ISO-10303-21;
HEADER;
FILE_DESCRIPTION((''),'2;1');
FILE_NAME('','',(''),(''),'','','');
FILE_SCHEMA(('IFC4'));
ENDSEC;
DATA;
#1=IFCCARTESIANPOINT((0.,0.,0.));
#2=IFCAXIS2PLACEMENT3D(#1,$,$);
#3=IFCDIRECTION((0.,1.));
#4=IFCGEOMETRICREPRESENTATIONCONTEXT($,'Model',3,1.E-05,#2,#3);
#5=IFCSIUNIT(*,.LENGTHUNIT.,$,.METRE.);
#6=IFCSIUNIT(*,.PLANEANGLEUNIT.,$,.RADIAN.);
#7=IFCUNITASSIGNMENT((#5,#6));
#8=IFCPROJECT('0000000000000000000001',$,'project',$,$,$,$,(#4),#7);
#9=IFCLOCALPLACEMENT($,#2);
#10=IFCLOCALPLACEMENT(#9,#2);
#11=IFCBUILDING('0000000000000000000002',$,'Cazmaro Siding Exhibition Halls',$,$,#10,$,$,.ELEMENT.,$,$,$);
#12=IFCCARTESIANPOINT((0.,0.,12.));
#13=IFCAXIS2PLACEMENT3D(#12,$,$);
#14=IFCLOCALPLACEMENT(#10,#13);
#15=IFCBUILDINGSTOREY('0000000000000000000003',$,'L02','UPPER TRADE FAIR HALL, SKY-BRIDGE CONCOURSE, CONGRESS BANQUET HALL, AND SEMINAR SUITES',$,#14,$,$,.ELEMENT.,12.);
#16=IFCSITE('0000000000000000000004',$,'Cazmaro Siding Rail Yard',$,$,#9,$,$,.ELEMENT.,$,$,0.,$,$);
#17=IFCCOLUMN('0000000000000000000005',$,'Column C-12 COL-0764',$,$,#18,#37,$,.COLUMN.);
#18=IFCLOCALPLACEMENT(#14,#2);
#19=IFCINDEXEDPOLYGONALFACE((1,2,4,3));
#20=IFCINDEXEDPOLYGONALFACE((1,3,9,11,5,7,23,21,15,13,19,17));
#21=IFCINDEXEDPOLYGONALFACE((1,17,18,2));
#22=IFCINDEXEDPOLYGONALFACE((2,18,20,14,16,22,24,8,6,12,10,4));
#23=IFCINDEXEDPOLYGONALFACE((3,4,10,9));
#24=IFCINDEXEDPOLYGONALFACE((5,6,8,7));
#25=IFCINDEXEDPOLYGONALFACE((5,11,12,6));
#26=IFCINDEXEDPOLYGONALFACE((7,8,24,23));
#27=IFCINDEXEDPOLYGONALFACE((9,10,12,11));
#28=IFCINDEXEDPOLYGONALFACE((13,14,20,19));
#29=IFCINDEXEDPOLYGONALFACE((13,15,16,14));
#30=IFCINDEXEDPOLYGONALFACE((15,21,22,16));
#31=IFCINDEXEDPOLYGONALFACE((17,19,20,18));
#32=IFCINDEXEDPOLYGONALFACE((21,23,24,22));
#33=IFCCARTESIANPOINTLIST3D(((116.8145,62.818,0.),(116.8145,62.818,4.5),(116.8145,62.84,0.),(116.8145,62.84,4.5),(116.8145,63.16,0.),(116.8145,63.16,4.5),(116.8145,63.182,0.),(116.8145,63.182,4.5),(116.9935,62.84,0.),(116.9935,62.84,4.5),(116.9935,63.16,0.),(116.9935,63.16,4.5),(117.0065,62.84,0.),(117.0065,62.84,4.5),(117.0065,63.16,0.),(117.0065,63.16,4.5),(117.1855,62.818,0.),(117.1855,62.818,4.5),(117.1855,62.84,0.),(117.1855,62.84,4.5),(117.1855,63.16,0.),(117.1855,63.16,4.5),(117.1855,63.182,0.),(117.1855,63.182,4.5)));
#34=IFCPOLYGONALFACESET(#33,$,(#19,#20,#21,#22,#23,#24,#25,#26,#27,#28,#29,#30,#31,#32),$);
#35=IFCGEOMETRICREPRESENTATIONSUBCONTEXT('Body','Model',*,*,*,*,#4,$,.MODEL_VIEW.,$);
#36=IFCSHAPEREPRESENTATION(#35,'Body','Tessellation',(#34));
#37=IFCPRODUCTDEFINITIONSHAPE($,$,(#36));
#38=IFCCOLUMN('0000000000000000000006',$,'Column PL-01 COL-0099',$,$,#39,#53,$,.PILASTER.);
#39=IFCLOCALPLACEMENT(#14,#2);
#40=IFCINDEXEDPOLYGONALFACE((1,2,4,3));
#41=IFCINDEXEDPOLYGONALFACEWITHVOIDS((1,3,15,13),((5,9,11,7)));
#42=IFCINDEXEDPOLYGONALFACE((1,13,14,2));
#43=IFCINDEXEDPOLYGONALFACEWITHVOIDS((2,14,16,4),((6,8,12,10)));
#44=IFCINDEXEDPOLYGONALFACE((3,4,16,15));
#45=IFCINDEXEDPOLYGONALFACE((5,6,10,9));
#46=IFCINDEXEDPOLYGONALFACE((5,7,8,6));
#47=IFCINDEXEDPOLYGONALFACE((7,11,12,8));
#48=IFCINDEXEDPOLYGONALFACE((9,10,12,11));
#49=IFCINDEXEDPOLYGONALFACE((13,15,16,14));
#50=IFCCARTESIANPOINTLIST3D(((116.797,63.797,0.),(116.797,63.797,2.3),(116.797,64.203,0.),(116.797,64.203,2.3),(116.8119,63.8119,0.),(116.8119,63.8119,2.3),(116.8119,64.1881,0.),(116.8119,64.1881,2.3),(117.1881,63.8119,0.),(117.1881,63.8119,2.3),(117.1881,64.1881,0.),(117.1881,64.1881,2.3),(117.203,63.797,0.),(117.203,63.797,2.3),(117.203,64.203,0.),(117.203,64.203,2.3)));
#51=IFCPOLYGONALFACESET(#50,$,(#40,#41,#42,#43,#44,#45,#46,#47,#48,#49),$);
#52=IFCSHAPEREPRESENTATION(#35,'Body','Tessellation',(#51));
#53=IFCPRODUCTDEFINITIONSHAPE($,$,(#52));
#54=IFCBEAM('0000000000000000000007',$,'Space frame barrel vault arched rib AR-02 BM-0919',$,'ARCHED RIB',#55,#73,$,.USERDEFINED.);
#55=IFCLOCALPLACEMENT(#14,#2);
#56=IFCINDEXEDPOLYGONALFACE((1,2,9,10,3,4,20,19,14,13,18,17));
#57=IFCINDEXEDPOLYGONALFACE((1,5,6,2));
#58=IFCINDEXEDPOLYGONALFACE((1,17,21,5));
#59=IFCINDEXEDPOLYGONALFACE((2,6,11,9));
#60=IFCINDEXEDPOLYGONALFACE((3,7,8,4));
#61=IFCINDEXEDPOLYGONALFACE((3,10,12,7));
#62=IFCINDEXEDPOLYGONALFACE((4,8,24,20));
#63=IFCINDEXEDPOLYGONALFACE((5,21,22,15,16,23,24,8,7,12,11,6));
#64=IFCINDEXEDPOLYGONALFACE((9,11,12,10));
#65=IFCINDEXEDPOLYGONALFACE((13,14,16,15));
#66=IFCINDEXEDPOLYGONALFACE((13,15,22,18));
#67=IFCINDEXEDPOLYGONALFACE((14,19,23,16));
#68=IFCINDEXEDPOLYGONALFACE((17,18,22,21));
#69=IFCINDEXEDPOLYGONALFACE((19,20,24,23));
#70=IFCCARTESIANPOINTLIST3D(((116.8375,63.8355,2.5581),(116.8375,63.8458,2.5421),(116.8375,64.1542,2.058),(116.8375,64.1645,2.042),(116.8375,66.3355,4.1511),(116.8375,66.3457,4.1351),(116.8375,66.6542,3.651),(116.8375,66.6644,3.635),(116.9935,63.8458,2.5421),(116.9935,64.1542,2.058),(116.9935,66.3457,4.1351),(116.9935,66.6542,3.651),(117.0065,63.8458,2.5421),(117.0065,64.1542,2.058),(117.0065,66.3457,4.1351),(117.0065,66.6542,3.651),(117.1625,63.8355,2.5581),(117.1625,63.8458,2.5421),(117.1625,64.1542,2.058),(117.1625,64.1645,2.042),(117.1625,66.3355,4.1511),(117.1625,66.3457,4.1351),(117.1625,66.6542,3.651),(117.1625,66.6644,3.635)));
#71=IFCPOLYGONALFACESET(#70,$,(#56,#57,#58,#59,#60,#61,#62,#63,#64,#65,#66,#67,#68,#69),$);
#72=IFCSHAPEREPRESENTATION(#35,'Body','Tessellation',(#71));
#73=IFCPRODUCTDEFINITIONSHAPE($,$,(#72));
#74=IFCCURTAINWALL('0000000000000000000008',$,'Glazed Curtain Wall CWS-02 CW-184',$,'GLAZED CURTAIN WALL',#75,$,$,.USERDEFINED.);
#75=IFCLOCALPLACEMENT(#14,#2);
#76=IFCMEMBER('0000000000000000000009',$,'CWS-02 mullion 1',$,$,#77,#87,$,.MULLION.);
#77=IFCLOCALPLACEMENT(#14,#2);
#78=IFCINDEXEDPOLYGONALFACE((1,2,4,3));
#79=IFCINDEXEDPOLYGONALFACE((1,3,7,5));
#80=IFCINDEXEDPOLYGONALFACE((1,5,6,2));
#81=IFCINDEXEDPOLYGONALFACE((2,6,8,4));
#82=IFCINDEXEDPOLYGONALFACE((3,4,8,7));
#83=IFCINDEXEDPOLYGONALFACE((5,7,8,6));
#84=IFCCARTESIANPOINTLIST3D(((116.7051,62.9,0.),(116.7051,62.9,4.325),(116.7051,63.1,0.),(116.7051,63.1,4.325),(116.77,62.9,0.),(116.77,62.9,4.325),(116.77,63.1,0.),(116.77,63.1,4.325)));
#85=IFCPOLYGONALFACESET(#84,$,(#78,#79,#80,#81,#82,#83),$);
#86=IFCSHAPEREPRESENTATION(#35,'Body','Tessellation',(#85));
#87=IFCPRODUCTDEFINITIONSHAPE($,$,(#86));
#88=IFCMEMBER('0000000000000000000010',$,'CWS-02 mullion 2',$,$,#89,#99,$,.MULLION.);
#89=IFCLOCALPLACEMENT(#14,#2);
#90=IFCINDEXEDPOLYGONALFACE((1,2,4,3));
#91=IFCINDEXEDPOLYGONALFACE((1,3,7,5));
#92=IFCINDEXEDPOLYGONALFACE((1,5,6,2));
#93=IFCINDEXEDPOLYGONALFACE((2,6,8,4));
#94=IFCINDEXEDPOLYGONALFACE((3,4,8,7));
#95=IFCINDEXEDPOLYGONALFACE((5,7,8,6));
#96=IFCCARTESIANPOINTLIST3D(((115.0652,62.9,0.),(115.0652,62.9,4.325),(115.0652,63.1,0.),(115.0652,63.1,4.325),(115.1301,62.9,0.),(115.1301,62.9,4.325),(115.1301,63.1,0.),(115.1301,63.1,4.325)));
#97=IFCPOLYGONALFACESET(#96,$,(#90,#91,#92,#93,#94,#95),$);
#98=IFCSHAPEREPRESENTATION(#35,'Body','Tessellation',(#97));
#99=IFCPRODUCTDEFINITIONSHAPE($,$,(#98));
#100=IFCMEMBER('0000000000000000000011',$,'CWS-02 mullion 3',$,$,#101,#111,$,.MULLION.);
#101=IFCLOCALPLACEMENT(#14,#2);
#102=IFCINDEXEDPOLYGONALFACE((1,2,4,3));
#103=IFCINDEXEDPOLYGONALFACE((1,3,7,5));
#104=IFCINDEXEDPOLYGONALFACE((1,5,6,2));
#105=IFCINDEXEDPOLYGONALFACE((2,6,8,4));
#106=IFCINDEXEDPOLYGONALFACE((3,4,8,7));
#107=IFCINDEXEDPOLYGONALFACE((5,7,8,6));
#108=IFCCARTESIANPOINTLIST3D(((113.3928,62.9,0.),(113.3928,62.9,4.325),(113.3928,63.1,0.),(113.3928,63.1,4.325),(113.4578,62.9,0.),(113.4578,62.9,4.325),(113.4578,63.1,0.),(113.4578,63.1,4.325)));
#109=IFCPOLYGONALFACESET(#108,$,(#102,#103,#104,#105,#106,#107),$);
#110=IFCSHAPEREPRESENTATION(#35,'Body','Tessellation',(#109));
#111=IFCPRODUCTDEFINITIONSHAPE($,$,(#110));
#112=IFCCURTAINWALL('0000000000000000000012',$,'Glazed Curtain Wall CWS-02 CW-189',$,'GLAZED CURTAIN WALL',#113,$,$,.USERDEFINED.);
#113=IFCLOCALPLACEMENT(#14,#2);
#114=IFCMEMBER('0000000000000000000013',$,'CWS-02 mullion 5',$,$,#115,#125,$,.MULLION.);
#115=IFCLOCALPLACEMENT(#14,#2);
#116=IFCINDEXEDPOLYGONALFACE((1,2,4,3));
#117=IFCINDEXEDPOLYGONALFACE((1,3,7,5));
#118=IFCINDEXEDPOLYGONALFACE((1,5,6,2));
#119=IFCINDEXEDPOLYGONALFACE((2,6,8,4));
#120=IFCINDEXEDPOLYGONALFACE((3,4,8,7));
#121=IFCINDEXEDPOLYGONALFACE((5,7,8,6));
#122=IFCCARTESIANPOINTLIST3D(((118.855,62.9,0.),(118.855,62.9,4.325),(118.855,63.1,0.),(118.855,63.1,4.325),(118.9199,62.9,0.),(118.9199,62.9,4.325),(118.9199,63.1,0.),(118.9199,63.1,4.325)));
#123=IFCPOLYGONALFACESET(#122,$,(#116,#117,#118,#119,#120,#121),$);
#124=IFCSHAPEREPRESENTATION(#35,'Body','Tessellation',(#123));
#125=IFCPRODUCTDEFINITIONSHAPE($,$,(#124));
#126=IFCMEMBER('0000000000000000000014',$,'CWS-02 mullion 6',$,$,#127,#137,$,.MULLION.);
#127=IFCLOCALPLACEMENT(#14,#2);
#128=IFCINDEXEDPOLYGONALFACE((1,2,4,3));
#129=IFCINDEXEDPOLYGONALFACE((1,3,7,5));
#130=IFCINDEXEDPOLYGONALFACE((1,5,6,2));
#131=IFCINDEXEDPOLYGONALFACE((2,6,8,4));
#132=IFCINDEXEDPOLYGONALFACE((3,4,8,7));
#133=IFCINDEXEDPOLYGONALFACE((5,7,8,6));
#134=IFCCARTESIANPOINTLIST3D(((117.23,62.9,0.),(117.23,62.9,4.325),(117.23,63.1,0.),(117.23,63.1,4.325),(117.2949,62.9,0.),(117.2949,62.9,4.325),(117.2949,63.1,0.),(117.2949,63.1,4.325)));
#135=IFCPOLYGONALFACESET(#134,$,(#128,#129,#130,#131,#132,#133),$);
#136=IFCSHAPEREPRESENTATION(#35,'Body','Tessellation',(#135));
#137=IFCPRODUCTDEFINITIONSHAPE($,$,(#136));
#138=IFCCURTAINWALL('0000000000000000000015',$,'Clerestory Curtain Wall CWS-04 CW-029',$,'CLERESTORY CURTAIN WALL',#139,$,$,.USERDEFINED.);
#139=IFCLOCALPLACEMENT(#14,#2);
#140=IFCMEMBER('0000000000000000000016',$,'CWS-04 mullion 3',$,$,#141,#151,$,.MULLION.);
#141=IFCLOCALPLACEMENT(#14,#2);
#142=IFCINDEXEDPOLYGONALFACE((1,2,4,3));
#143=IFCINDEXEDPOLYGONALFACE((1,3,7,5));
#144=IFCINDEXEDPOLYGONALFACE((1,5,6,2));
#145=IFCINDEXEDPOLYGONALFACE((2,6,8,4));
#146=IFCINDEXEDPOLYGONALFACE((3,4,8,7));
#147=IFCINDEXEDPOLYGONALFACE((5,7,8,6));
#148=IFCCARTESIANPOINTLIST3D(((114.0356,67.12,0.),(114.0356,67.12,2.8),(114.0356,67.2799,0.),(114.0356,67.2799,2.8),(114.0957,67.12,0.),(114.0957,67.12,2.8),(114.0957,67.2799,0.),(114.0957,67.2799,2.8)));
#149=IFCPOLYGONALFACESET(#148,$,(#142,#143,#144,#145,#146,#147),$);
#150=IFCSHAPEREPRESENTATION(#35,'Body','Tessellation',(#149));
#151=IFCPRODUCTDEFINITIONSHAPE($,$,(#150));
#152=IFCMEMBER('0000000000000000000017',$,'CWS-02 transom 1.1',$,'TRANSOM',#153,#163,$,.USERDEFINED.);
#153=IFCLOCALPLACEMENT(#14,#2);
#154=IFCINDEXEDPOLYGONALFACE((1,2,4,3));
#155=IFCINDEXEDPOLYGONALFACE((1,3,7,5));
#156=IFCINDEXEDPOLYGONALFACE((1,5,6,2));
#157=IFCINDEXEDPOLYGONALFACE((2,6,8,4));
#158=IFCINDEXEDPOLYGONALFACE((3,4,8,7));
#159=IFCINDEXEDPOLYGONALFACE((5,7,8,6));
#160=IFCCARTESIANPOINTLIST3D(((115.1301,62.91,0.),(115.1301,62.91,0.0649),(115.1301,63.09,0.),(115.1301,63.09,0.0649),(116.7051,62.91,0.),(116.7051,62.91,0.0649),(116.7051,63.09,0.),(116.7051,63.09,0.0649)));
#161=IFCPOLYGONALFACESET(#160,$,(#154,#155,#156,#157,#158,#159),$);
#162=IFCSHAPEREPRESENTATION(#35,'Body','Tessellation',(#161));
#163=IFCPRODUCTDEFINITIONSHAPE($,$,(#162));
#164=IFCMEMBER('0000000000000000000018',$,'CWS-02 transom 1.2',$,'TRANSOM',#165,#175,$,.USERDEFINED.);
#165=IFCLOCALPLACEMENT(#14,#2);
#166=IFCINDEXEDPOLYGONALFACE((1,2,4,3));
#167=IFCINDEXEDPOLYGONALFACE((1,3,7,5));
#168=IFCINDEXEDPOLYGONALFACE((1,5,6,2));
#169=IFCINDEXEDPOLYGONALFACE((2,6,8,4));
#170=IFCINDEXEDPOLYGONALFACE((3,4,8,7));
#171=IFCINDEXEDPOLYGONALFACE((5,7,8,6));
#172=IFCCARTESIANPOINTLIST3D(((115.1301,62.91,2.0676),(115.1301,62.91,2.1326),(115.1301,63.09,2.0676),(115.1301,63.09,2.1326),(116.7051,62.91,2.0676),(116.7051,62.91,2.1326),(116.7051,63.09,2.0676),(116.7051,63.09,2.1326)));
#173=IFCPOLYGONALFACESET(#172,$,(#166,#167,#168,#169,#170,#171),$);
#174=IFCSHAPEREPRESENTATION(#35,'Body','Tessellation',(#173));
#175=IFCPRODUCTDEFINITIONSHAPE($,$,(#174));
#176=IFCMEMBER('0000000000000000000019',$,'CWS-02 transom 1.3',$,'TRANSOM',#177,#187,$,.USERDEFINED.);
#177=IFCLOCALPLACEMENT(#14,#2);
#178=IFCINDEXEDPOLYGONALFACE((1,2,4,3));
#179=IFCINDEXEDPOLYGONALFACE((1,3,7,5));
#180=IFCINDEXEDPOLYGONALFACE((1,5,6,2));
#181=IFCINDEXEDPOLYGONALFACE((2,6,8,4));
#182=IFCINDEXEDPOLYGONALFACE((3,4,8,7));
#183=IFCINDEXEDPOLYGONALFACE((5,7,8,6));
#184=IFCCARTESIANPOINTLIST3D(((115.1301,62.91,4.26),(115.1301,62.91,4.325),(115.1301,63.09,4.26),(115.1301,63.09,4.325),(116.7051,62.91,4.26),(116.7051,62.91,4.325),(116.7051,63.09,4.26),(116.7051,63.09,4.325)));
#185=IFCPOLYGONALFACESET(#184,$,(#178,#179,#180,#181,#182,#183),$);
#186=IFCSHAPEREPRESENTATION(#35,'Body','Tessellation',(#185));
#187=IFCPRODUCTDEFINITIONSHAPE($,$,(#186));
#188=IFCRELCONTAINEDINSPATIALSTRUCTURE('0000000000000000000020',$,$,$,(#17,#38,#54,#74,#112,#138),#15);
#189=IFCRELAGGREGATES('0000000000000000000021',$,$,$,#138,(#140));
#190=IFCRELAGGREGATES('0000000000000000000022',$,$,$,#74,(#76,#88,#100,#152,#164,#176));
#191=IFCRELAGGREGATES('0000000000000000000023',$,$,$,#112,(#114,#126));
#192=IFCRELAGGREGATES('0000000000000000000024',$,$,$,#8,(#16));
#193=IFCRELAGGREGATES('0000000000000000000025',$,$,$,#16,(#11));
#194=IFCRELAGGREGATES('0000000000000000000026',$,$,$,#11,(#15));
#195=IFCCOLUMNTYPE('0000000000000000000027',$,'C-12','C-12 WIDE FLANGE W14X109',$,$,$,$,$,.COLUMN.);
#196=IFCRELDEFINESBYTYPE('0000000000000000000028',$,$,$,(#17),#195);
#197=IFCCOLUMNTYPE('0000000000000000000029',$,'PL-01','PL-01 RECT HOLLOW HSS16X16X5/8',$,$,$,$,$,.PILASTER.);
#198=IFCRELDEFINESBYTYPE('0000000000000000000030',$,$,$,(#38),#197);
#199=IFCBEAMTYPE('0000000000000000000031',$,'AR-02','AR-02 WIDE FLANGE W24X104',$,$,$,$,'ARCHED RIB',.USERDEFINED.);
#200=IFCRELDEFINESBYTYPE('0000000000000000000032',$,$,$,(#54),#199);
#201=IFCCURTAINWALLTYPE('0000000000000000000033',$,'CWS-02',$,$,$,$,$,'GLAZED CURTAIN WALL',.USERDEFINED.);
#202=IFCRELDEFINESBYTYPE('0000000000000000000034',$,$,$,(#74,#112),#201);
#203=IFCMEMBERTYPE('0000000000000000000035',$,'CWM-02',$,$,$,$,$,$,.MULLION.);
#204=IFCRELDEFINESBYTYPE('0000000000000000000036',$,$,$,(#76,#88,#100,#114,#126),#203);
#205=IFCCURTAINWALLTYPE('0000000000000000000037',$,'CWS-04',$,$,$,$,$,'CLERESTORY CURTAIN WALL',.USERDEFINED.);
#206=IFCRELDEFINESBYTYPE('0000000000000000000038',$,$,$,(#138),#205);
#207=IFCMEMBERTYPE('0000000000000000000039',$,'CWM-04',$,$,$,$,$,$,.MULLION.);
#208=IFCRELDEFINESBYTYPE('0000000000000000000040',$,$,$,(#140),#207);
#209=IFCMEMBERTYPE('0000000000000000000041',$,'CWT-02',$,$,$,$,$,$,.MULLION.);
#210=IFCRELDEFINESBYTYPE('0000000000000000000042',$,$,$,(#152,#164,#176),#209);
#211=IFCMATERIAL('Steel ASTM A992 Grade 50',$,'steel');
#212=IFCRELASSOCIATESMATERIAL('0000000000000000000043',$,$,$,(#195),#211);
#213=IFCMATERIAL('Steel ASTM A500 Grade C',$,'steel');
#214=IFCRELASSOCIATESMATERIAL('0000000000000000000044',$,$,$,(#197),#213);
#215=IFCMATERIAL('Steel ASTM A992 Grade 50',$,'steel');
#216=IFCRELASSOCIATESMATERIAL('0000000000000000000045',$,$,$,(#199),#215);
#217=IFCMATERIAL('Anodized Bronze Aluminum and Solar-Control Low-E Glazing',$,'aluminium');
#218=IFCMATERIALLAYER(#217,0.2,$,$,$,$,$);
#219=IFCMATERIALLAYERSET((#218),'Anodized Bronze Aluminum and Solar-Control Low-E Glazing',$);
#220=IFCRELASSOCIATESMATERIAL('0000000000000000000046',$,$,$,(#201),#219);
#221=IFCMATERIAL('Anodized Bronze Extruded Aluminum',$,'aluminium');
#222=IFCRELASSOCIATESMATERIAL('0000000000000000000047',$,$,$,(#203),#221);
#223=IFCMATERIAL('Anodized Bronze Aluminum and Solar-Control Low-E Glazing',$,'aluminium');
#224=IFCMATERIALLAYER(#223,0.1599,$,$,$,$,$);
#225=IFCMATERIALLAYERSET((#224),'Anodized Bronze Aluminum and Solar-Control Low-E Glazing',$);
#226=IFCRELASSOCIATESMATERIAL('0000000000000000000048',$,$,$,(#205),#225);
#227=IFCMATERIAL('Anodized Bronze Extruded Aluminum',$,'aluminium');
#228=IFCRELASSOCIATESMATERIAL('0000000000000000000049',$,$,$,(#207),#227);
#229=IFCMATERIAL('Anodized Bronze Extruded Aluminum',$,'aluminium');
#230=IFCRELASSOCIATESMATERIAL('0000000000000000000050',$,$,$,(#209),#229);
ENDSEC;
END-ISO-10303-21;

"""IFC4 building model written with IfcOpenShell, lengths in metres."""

from ifc_helpers import new_model, si_unit, direction, frame, origin, origin_2d, place, context, subcontext, project, spatial, rectangle, hollow_rectangle, i_section, extrude, material, layer, layer_set, material_profile, profile_set, type_object, element, aggregate, save


model = new_model("IFC4")

# Units and contexts
model_context = context("Model", 3, precision=1e-05, world=origin(), true_north=direction((0.0, 1.0)))
body_context = subcontext(model_context, "Body", "Model", "MODEL_VIEW")
ifc_project = project(units=[si_unit("LENGTHUNIT", "METRE"), si_unit("PLANEANGLEUNIT", "RADIAN")], contexts=[model_context])

# Site, building, storey
site_placement = place(None, origin())
site = spatial("IfcSite", under=ifc_project, at=site_placement, Name="Cazmaro Siding Rail Yard", CompositionType="ELEMENT", RefElevation=0.0)
building_placement = place(site_placement, origin())
building = spatial("IfcBuilding", under=site, at=building_placement, Name="Cazmaro Siding Exhibition Halls", CompositionType="ELEMENT")
storey_placement = place(building_placement, frame((0.0, 0.0, 12.0)))
storey = spatial("IfcBuildingStorey", under=building, at=storey_placement, Name="L02", Description="UPPER TRADE FAIR HALL, SKY-BRIDGE CONCOURSE, CONGRESS BANQUET HALL, AND SEMINAR SUITES", CompositionType="ELEMENT", Elevation=12.0)

# Columns
ifc_material_1 = material(Name="Steel ASTM A992 Grade 50", Category="steel")
ifc_material_profile_1 = material_profile(ifc_material_1, i_section(OverallWidth=0.3711, OverallDepth=0.364, WebThickness=0.0129, FlangeThickness=0.022, at=origin_2d()), Name="W14X109")
ifc_profile_set_1 = profile_set([ifc_material_profile_1], Name="Steel ASTM A992 Grade 50")
column_type_1 = type_object("IfcColumnType", Name="C-12", Description="C-12 WIDE FLANGE W14X109", PredefinedType="COLUMN", material=ifc_profile_set_1)
column_1_placement = place(storey_placement, frame((117.0, 63.0, 0.0), z_axis=(0.0, 0.0, 1.0), x_axis=(1.0, 0.0, 0.0)))
element("IfcColumn", 1, at=column_1_placement, inside=storey, type_object=column_type_1, Name="Column C-12 COL-0764", PredefinedType="COLUMN", context=body_context, shape_type="SweptSolid", body=[
    extrude(i_section(OverallWidth=0.3711, OverallDepth=0.364, WebThickness=0.0129, FlangeThickness=0.022, at=origin_2d()), origin(), (0.0, 0.0, 1.0), 4.5),
])
ifc_material_2 = material(Name="Steel ASTM A500 Grade C", Category="steel")
ifc_material_profile_2 = material_profile(ifc_material_2, hollow_rectangle(XDim=0.406, YDim=0.406, WallThickness=0.0149, at=origin_2d()), Name="HSS16X16X5/8")
ifc_profile_set_2 = profile_set([ifc_material_profile_2], Name="Steel ASTM A500 Grade C")
column_type_2 = type_object("IfcColumnType", Name="PL-01", Description="PL-01 RECT HOLLOW HSS16X16X5/8", PredefinedType="PILASTER", material=ifc_profile_set_2)
column_2_placement = place(storey_placement, frame((117.0, 64.0, 0.0), z_axis=(0.0, 0.0, 1.0), x_axis=(1.0, 0.0, 0.0)))
element("IfcColumn", 2, at=column_2_placement, inside=storey, type_object=column_type_2, Name="Column PL-01 COL-0099", PredefinedType="PILASTER", context=body_context, shape_type="SweptSolid", body=[
    extrude(hollow_rectangle(XDim=0.406, YDim=0.406, WallThickness=0.0149, at=origin_2d()), origin(), (0.0, 0.0, 1.0), 2.3),
])

# Beam
ifc_material_3 = material(Name="Steel ASTM A992 Grade 50", Category="steel")
ifc_material_profile_3 = material_profile(ifc_material_3, i_section(OverallWidth=0.325, OverallDepth=0.6121, WebThickness=0.0129, FlangeThickness=0.019, at=origin_2d()), Name="W24X104")
ifc_profile_set_3 = profile_set([ifc_material_profile_3], Name="Steel ASTM A992 Grade 50")
beam_type_1 = type_object("IfcBeamType", Name="AR-02", Description="AR-02 WIDE FLANGE W24X104", ElementType="ARCHED RIB", PredefinedType="USERDEFINED", material=ifc_profile_set_3)
beam_1_placement = place(storey_placement, frame((117.0, 64.0, 2.3), z_axis=(0.0, 0.843339, 0.537382), x_axis=(-1.0, 0.0, 0.0)))
element("IfcBeam", 3, at=beam_1_placement, inside=storey, type_object=beam_type_1, Name="Space frame barrel vault arched rib AR-02 BM-0919", ObjectType="ARCHED RIB", PredefinedType="USERDEFINED", context=body_context, shape_type="SweptSolid", body=[
    extrude(i_section(OverallWidth=0.325, OverallDepth=0.6121, WebThickness=0.0129, FlangeThickness=0.019, at=origin_2d()), origin(), (0.0, 0.0, 1.0), 2.9644),
])

# Curtain walls, members
ifc_material_4 = material(Name="Anodized Bronze Aluminum and Solar-Control Low-E Glazing", Category="aluminium")
ifc_layer_1 = layer(ifc_material_4, 0.2)
ifc_layer_set_1 = layer_set([ifc_layer_1], Name="Anodized Bronze Aluminum and Solar-Control Low-E Glazing")
curtain_wall_type_1 = type_object("IfcCurtainWallType", Name="CWS-02", ElementType="GLAZED CURTAIN WALL", PredefinedType="USERDEFINED", material=ifc_layer_set_1)
curtain_wall_1_placement = place(storey_placement, origin())
curtain_wall_1 = element("IfcCurtainWall", 4, at=curtain_wall_1_placement, inside=storey, type_object=curtain_wall_type_1, Name="Glazed Curtain Wall CWS-02 CW-184", ObjectType="GLAZED CURTAIN WALL", PredefinedType="USERDEFINED")
ifc_material_5 = material(Name="Anodized Bronze Extruded Aluminum", Category="aluminium")
ifc_material_profile_4 = material_profile(ifc_material_5, rectangle(XDim=0.2, YDim=0.0649, at=origin_2d()), Name="CWM-02")
ifc_profile_set_4 = profile_set([ifc_material_profile_4], Name="Anodized Bronze Extruded Aluminum")
member_type_1 = type_object("IfcMemberType", Name="CWM-02", PredefinedType="MULLION", material=ifc_profile_set_4)
member_1_placement = place(storey_placement, frame((116.7375, 63.0, 0.0), z_axis=(0.0, 0.0, 1.0), x_axis=(0.0, -1.0, 0.0)))
member_1 = element("IfcMember", 5, at=member_1_placement, type_object=member_type_1, Name="CWS-02 mullion 1", PredefinedType="MULLION", context=body_context, shape_type="SweptSolid", body=[
    extrude(rectangle(XDim=0.2, YDim=0.0649, at=origin_2d()), origin(), (0.0, 0.0, 1.0), 4.325),
])
member_2_placement = place(storey_placement, frame((115.0977, 63.0, 0.0), z_axis=(0.0, 0.0, 1.0), x_axis=(0.0, -1.0, 0.0)))
member_2 = element("IfcMember", 6, at=member_2_placement, type_object=member_type_1, Name="CWS-02 mullion 2", PredefinedType="MULLION", context=body_context, shape_type="SweptSolid", body=[
    extrude(rectangle(XDim=0.2, YDim=0.0649, at=origin_2d()), origin(), (0.0, 0.0, 1.0), 4.325),
])
member_3_placement = place(storey_placement, frame((113.4253, 63.0, 0.0), z_axis=(0.0, 0.0, 1.0), x_axis=(0.0, -1.0, 0.0)))
member_3 = element("IfcMember", 7, at=member_3_placement, type_object=member_type_1, Name="CWS-02 mullion 3", PredefinedType="MULLION", context=body_context, shape_type="SweptSolid", body=[
    extrude(rectangle(XDim=0.2, YDim=0.0649, at=origin_2d()), origin(), (0.0, 0.0, 1.0), 4.325),
])
curtain_wall_2_placement = place(storey_placement, origin())
curtain_wall_2 = element("IfcCurtainWall", 8, at=curtain_wall_2_placement, inside=storey, type_object=curtain_wall_type_1, Name="Glazed Curtain Wall CWS-02 CW-189", ObjectType="GLAZED CURTAIN WALL", PredefinedType="USERDEFINED")
member_4_placement = place(storey_placement, frame((118.8875, 63.0, 0.0), z_axis=(0.0, 0.0, 1.0), x_axis=(0.0, -1.0, 0.0)))
member_4 = element("IfcMember", 9, at=member_4_placement, type_object=member_type_1, Name="CWS-02 mullion 5", PredefinedType="MULLION", context=body_context, shape_type="SweptSolid", body=[
    extrude(rectangle(XDim=0.2, YDim=0.0649, at=origin_2d()), origin(), (0.0, 0.0, 1.0), 4.325),
])
member_5_placement = place(storey_placement, frame((117.2625, 63.0, 0.0), z_axis=(0.0, 0.0, 1.0), x_axis=(0.0, -1.0, 0.0)))
member_5 = element("IfcMember", 10, at=member_5_placement, type_object=member_type_1, Name="CWS-02 mullion 6", PredefinedType="MULLION", context=body_context, shape_type="SweptSolid", body=[
    extrude(rectangle(XDim=0.2, YDim=0.0649, at=origin_2d()), origin(), (0.0, 0.0, 1.0), 4.325),
])

# Curtain wall, member
ifc_material_6 = material(Name="Anodized Bronze Aluminum and Solar-Control Low-E Glazing", Category="aluminium")
ifc_layer_2 = layer(ifc_material_6, 0.1599)
ifc_layer_set_2 = layer_set([ifc_layer_2], Name="Anodized Bronze Aluminum and Solar-Control Low-E Glazing")
curtain_wall_type_2 = type_object("IfcCurtainWallType", Name="CWS-04", ElementType="CLERESTORY CURTAIN WALL", PredefinedType="USERDEFINED", material=ifc_layer_set_2)
curtain_wall_3_placement = place(storey_placement, origin())
curtain_wall_3 = element("IfcCurtainWall", 11, at=curtain_wall_3_placement, inside=storey, type_object=curtain_wall_type_2, Name="Clerestory Curtain Wall CWS-04 CW-029", ObjectType="CLERESTORY CURTAIN WALL", PredefinedType="USERDEFINED")
ifc_material_7 = material(Name="Anodized Bronze Extruded Aluminum", Category="aluminium")
ifc_material_profile_5 = material_profile(ifc_material_7, rectangle(XDim=0.1599, YDim=0.0601, at=origin_2d()), Name="CWM-04")
ifc_profile_set_5 = profile_set([ifc_material_profile_5], Name="Anodized Bronze Extruded Aluminum")
member_type_2 = type_object("IfcMemberType", Name="CWM-04", PredefinedType="MULLION", material=ifc_profile_set_5)
member_6_placement = place(storey_placement, frame((114.0657, 67.2, 0.0), z_axis=(0.0, 0.0, 1.0), x_axis=(0.0, 1.0, 0.0)))
member_6 = element("IfcMember", 12, at=member_6_placement, type_object=member_type_2, Name="CWS-04 mullion 3", PredefinedType="MULLION", context=body_context, shape_type="SweptSolid", body=[
    extrude(rectangle(XDim=0.1599, YDim=0.0601, at=origin_2d()), origin(), (0.0, 0.0, 1.0), 2.8),
])
aggregate(curtain_wall_3, [member_6])

# Members
ifc_material_8 = material(Name="Anodized Bronze Extruded Aluminum", Category="aluminium")
ifc_material_profile_6 = material_profile(ifc_material_8, rectangle(XDim=0.1799, YDim=0.0649, at=origin_2d()), Name="CWT-02")
ifc_profile_set_6 = profile_set([ifc_material_profile_6], Name="Anodized Bronze Extruded Aluminum")
member_type_3 = type_object("IfcMemberType", Name="CWT-02", PredefinedType="MULLION", material=ifc_profile_set_6)
member_7_placement = place(storey_placement, frame((116.7051, 63.0, 0.0325), z_axis=(-1.0, 0.0, 0.0), x_axis=(0.0, -1.0, 0.0)))
member_7 = element("IfcMember", 13, at=member_7_placement, type_object=member_type_3, Name="CWS-02 transom 1.1", ObjectType="TRANSOM", PredefinedType="USERDEFINED", context=body_context, shape_type="SweptSolid", body=[
    extrude(rectangle(XDim=0.1799, YDim=0.0649, at=origin_2d()), origin(), (0.0, 0.0, 1.0), 1.575),
])
member_8_placement = place(storey_placement, frame((116.7051, 63.0, 2.1001), z_axis=(-1.0, 0.0, 0.0), x_axis=(0.0, -1.0, 0.0)))
member_8 = element("IfcMember", 14, at=member_8_placement, type_object=member_type_3, Name="CWS-02 transom 1.2", ObjectType="TRANSOM", PredefinedType="USERDEFINED", context=body_context, shape_type="SweptSolid", body=[
    extrude(rectangle(XDim=0.1799, YDim=0.0649, at=origin_2d()), origin(), (0.0, 0.0, 1.0), 1.575),
])
member_9_placement = place(storey_placement, frame((116.7051, 63.0, 4.2925), z_axis=(-1.0, 0.0, 0.0), x_axis=(0.0, -1.0, 0.0)))
member_9 = element("IfcMember", 15, at=member_9_placement, type_object=member_type_3, Name="CWS-02 transom 1.3", ObjectType="TRANSOM", PredefinedType="USERDEFINED", context=body_context, shape_type="SweptSolid", body=[
    extrude(rectangle(XDim=0.1799, YDim=0.0649, at=origin_2d()), origin(), (0.0, 0.0, 1.0), 1.575),
])

aggregate(curtain_wall_1, [member_1, member_2, member_3, member_7, member_8, member_9])
aggregate(curtain_wall_2, [member_4, member_5])

save(model, "model.ifc")
